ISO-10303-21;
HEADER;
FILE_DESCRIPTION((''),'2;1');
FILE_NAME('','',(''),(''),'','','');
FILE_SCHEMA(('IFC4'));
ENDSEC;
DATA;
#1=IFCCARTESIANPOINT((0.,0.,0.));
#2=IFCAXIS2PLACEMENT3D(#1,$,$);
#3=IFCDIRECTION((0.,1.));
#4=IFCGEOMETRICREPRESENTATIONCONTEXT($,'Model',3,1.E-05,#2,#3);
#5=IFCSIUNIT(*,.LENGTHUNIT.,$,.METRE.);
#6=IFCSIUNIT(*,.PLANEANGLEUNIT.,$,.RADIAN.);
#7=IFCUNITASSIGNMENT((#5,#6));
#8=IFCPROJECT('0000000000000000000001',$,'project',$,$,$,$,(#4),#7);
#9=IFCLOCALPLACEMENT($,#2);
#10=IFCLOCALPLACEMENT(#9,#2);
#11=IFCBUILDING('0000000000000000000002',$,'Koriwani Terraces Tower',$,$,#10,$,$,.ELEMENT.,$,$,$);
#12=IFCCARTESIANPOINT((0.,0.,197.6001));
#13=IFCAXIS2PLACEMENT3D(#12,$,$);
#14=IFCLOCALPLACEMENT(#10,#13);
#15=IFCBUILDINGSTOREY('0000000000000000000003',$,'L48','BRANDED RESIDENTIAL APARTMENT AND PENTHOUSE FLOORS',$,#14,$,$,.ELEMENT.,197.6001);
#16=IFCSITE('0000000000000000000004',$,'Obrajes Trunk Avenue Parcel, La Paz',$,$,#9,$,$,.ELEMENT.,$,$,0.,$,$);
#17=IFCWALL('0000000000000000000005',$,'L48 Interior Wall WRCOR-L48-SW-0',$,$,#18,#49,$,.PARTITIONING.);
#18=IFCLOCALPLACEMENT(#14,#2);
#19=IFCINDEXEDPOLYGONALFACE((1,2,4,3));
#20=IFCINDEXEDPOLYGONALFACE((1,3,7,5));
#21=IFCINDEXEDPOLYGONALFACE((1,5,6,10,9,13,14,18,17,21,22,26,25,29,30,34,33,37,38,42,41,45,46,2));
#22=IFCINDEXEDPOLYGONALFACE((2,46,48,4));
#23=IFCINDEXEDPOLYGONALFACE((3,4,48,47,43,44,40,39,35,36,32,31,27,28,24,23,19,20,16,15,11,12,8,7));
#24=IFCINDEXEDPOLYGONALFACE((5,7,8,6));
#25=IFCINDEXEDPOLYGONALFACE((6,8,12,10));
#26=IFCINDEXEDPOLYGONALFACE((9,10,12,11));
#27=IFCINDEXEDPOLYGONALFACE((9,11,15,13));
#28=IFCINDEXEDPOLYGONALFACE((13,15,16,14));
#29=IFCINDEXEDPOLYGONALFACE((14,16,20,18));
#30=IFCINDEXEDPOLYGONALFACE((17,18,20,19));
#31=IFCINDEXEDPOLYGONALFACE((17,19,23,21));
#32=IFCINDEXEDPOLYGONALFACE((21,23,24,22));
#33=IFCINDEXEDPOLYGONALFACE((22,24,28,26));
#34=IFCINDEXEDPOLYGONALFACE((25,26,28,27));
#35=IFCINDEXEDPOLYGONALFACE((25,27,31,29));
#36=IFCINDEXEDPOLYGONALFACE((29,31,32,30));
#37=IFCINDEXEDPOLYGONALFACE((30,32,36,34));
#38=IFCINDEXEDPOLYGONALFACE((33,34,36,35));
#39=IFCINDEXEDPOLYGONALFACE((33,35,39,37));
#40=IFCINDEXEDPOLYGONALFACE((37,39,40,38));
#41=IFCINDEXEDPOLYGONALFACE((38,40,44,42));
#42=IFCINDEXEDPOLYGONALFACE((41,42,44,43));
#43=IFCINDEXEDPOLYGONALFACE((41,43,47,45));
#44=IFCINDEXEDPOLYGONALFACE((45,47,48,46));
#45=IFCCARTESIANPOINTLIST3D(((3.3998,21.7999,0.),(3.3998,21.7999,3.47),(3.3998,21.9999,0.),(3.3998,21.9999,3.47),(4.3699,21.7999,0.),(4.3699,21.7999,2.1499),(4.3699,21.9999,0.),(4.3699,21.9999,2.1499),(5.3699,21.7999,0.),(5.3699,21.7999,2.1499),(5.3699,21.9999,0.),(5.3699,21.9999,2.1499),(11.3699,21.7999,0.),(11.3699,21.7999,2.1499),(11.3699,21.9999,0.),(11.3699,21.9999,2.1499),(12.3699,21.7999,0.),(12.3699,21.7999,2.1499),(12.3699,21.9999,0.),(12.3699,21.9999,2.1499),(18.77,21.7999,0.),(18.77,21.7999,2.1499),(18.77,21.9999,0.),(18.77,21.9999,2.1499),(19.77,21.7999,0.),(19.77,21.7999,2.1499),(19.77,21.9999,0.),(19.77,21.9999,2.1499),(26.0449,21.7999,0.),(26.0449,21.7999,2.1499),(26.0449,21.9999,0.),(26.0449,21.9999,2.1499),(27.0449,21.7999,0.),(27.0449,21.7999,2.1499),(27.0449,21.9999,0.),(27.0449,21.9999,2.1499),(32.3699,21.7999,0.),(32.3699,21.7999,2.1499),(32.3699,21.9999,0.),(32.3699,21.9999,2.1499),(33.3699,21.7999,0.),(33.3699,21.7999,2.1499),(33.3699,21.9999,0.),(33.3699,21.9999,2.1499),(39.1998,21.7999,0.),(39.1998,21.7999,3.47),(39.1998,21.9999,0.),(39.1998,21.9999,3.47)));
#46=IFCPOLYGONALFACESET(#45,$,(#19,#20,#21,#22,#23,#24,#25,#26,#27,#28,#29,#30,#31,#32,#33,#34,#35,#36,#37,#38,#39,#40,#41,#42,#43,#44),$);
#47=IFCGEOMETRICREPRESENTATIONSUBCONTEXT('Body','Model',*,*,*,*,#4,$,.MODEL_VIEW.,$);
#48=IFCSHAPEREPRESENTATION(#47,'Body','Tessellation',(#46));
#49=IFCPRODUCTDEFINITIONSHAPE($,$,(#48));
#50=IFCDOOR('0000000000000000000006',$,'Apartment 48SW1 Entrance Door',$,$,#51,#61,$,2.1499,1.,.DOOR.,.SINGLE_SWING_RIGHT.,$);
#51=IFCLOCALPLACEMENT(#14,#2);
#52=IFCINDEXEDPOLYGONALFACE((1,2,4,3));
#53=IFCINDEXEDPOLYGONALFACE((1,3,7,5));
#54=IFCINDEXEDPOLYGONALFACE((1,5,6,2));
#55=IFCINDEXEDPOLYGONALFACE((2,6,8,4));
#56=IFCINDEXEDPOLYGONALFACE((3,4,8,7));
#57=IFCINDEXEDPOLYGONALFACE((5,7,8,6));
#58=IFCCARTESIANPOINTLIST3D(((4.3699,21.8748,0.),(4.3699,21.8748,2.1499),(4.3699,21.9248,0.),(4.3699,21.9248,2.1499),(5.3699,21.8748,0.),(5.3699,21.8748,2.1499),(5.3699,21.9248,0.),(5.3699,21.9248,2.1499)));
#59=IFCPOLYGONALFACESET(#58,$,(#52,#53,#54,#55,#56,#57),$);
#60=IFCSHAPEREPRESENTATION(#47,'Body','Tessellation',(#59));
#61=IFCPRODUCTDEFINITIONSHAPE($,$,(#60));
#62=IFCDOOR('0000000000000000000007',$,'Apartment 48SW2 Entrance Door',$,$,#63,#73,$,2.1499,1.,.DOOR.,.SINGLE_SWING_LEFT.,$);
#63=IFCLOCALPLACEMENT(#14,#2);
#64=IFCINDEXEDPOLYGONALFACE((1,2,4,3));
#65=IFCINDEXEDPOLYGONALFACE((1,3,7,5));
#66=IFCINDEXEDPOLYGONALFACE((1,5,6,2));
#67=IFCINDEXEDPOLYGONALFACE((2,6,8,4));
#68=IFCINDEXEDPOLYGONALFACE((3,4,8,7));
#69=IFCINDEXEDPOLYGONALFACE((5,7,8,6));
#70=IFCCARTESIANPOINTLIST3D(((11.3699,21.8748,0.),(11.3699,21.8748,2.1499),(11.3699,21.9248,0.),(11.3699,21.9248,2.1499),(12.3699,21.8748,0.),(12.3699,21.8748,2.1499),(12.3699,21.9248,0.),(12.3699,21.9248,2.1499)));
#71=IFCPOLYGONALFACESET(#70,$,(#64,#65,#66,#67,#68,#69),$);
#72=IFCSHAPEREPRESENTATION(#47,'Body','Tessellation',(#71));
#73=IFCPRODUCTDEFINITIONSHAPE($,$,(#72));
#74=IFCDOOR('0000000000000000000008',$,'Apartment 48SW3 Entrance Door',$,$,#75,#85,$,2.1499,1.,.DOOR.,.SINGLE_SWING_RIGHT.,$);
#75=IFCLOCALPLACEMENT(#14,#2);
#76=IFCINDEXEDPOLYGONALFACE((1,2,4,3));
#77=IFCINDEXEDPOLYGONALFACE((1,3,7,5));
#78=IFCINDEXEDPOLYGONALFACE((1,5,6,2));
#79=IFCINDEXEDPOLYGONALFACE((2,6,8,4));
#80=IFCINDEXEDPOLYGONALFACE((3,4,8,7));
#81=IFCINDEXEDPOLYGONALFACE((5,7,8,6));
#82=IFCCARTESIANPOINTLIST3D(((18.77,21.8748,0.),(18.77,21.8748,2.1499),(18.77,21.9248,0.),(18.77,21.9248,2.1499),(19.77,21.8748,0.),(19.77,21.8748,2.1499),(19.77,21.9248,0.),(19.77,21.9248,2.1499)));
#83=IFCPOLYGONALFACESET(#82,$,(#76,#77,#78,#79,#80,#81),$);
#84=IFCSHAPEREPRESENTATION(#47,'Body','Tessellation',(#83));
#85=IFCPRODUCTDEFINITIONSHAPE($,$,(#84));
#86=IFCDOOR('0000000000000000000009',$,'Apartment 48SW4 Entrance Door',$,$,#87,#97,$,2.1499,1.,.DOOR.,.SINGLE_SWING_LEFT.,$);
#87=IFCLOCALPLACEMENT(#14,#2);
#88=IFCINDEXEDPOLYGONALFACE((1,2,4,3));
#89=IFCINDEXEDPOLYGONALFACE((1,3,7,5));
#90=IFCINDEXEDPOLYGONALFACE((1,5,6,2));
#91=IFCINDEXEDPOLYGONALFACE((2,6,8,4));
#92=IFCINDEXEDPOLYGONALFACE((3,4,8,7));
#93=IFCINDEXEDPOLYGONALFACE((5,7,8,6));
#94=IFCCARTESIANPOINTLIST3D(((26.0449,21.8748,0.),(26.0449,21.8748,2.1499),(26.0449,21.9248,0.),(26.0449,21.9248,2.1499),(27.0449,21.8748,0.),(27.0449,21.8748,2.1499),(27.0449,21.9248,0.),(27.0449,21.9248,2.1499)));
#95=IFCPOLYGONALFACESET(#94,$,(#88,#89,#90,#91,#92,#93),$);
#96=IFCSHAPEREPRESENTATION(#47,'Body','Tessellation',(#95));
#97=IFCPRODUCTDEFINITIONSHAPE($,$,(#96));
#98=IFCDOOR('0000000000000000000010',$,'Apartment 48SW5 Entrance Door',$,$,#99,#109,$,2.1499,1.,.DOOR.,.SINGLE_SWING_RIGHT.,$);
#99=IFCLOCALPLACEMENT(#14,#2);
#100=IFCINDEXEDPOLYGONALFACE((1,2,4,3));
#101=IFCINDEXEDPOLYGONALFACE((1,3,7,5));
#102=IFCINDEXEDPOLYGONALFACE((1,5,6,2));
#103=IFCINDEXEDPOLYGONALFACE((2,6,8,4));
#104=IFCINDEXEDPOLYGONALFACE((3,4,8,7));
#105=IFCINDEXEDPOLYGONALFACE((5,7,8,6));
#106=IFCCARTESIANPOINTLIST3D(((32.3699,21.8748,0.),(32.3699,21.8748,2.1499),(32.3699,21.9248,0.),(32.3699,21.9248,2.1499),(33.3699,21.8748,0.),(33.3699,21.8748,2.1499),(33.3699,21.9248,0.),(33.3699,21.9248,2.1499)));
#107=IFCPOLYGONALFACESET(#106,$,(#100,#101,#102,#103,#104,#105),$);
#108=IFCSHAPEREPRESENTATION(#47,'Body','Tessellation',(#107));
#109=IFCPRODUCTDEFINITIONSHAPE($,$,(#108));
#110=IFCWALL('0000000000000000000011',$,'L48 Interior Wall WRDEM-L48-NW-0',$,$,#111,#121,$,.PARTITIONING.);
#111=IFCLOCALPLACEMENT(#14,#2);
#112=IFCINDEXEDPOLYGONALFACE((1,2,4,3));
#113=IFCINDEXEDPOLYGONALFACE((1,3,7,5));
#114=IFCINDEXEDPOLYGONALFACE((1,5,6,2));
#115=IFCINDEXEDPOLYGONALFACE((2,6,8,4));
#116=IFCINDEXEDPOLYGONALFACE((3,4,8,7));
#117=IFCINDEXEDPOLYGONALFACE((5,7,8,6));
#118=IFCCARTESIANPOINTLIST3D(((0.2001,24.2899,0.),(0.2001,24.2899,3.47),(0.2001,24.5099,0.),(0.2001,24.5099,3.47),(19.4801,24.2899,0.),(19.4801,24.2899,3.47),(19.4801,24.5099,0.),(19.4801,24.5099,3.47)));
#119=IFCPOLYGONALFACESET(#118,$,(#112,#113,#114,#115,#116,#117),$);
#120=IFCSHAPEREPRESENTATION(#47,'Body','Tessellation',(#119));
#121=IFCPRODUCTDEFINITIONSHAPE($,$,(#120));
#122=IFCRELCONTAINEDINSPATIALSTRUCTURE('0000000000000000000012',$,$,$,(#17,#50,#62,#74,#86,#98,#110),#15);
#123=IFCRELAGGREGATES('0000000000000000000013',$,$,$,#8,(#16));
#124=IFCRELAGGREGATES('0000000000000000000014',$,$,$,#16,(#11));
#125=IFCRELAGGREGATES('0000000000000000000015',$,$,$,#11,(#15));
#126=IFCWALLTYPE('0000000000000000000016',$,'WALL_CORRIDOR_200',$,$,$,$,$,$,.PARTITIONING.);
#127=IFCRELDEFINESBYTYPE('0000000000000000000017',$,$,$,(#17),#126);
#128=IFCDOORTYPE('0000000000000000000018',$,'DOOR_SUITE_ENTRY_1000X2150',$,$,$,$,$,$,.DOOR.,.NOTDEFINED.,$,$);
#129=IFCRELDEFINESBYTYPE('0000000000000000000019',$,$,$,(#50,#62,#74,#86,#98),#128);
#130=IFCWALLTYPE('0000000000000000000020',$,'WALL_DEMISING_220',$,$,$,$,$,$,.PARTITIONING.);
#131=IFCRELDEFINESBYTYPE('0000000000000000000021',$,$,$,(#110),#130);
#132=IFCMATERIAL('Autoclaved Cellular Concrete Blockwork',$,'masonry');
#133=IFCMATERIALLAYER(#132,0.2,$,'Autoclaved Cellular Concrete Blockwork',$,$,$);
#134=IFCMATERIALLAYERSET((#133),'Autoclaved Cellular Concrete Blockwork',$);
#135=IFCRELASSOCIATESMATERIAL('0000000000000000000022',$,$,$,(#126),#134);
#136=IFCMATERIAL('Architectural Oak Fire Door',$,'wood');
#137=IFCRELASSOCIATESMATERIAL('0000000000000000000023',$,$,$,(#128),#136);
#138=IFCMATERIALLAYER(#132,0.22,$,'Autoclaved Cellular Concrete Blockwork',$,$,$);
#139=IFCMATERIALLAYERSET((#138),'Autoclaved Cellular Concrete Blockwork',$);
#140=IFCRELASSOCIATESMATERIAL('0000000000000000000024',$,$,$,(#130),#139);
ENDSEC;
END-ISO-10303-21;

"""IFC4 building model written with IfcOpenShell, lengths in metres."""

from ifc_helpers import new_model, si_unit, direction, frame, frame_2d, origin, place, context, subcontext, project, spatial, rectangle, extrude, material, layer, layer_set, type_object, element, fill, save


model = new_model("IFC4")

# Units and contexts
model_context = context("Model", 3, precision=1e-05, world=origin(), true_north=direction((0.0, 1.0)))
body_context = subcontext(model_context, "Body", "Model", "MODEL_VIEW")
ifc_project = project(units=[si_unit("LENGTHUNIT", "METRE"), si_unit("PLANEANGLEUNIT", "RADIAN")], contexts=[model_context])

# Site, building, storey
site_placement = place(None, origin())
site = spatial("IfcSite", under=ifc_project, at=site_placement, Name="Obrajes Trunk Avenue Parcel, La Paz", CompositionType="ELEMENT", RefElevation=0.0)
building_placement = place(site_placement, origin())
building = spatial("IfcBuilding", under=site, at=building_placement, Name="Koriwani Terraces Tower", CompositionType="ELEMENT")
storey_placement = place(building_placement, frame((0.0, 0.0, 197.6001)))
storey = spatial("IfcBuildingStorey", under=building, at=storey_placement, Name="L48", Description="BRANDED RESIDENTIAL APARTMENT AND PENTHOUSE FLOORS", CompositionType="ELEMENT", Elevation=197.6001)

# Wall, openings, doors
ifc_material_1 = material(Name="Autoclaved Cellular Concrete Blockwork", Category="masonry")
ifc_layer_1 = layer(ifc_material_1, 0.2, Name="Autoclaved Cellular Concrete Blockwork")
ifc_layer_set_1 = layer_set([ifc_layer_1], Name="Autoclaved Cellular Concrete Blockwork")
wall_type_1 = type_object("IfcWallType", Name="WALL_CORRIDOR_200", PredefinedType="PARTITIONING", material=ifc_layer_set_1)
wall_1_placement = place(storey_placement, frame((3.3999, 21.8999, 0.0), z_axis=(0.0, 0.0, 1.0), x_axis=(1.0, 0.0, 0.0)))
wall_1 = element("IfcWall", 1, at=wall_1_placement, inside=storey, type_object=wall_type_1, Name="L48 Interior Wall WRCOR-L48-SW-0", PredefinedType="PARTITIONING", context=body_context, shape_type="SweptSolid", body=[
    extrude(rectangle(XDim=35.8, YDim=0.2, at=frame_2d((17.8999, 0.0))), origin(), (0.0, 0.0, 1.0), 3.47),
])
opening_1_placement = place(wall_1_placement, frame((0.97, 0.0, 0.0)))
opening_1 = element("IfcOpeningElement", 2, at=opening_1_placement, cuts=wall_1, PredefinedType="OPENING", context=body_context, shape_type="SweptSolid", body=[
    extrude(rectangle(XDim=1.0, YDim=2.1499, at=frame_2d((0.5, 1.075))), frame((0.0, 0.1099, 0.0), z_axis=(0.0, -1.0, 0.0), x_axis=(1.0, 0.0, 0.0)), (0.0, 0.0, 1.0), 0.22),
])
opening_2_placement = place(wall_1_placement, frame((7.97, 0.0, 0.0)))
opening_2 = element("IfcOpeningElement", 3, at=opening_2_placement, cuts=wall_1, PredefinedType="OPENING", context=body_context, shape_type="SweptSolid", body=[
    extrude(rectangle(XDim=1.0, YDim=2.1499, at=frame_2d((0.5, 1.075))), frame((0.0, 0.1099, 0.0), z_axis=(0.0, -1.0, 0.0), x_axis=(1.0, 0.0, 0.0)), (0.0, 0.0, 1.0), 0.22),
])
opening_3_placement = place(wall_1_placement, frame((15.3701, 0.0, 0.0)))
opening_3 = element("IfcOpeningElement", 4, at=opening_3_placement, cuts=wall_1, PredefinedType="OPENING", context=body_context, shape_type="SweptSolid", body=[
    extrude(rectangle(XDim=1.0, YDim=2.1499, at=frame_2d((0.5, 1.075))), frame((0.0, 0.1099, 0.0), z_axis=(0.0, -1.0, 0.0), x_axis=(1.0, 0.0, 0.0)), (0.0, 0.0, 1.0), 0.22),
])
opening_4_placement = place(wall_1_placement, frame((22.645, 0.0, 0.0)))
opening_4 = element("IfcOpeningElement", 5, at=opening_4_placement, cuts=wall_1, PredefinedType="OPENING", context=body_context, shape_type="SweptSolid", body=[
    extrude(rectangle(XDim=1.0, YDim=2.1499, at=frame_2d((0.5, 1.075))), frame((0.0, 0.1099, 0.0), z_axis=(0.0, -1.0, 0.0), x_axis=(1.0, 0.0, 0.0)), (0.0, 0.0, 1.0), 0.22),
])
opening_5_placement = place(wall_1_placement, frame((28.97, 0.0, 0.0)))
opening_5 = element("IfcOpeningElement", 6, at=opening_5_placement, cuts=wall_1, PredefinedType="OPENING", context=body_context, shape_type="SweptSolid", body=[
    extrude(rectangle(XDim=1.0, YDim=2.1499, at=frame_2d((0.5, 1.075))), frame((0.0, 0.1099, 0.0), z_axis=(0.0, -1.0, 0.0), x_axis=(1.0, 0.0, 0.0)), (0.0, 0.0, 1.0), 0.22),
])
ifc_material_2 = material(Name="Architectural Oak Fire Door", Category="wood")
door_type_1 = type_object("IfcDoorType", Name="DOOR_SUITE_ENTRY_1000X2150", OperationType="NOTDEFINED", PredefinedType="DOOR", material=ifc_material_2)
door_1_placement = place(opening_1_placement, origin())
door_1 = element("IfcDoor", 7, at=door_1_placement, inside=storey, type_object=door_type_1, Name="Apartment 48SW1 Entrance Door", OperationType="SINGLE_SWING_RIGHT", OverallHeight=2.1499, OverallWidth=1.0, PredefinedType="DOOR", context=body_context, shape_type="SweptSolid", body=[
    extrude(rectangle(XDim=1.0, YDim=2.1499, at=frame_2d((0.5, 1.075))), frame((0.0, 0.0249, 0.0), z_axis=(0.0, -1.0, 0.0), x_axis=(1.0, 0.0, 0.0)), (0.0, 0.0, 1.0), 0.05),
])
fill(opening_1, door_1)
door_2_placement = place(opening_2_placement, origin())
door_2 = element("IfcDoor", 8, at=door_2_placement, inside=storey, type_object=door_type_1, Name="Apartment 48SW2 Entrance Door", OperationType="SINGLE_SWING_LEFT", OverallHeight=2.1499, OverallWidth=1.0, PredefinedType="DOOR", context=body_context, shape_type="SweptSolid", body=[
    extrude(rectangle(XDim=1.0, YDim=2.1499, at=frame_2d((0.5, 1.075))), frame((0.0, 0.0249, 0.0), z_axis=(0.0, -1.0, 0.0), x_axis=(1.0, 0.0, 0.0)), (0.0, 0.0, 1.0), 0.05),
])
fill(opening_2, door_2)
door_3_placement = place(opening_3_placement, origin())
door_3 = element("IfcDoor", 9, at=door_3_placement, inside=storey, type_object=door_type_1, Name="Apartment 48SW3 Entrance Door", OperationType="SINGLE_SWING_RIGHT", OverallHeight=2.1499, OverallWidth=1.0, PredefinedType="DOOR", context=body_context, shape_type="SweptSolid", body=[
    extrude(rectangle(XDim=1.0, YDim=2.1499, at=frame_2d((0.5, 1.075))), frame((0.0, 0.0249, 0.0), z_axis=(0.0, -1.0, 0.0), x_axis=(1.0, 0.0, 0.0)), (0.0, 0.0, 1.0), 0.05),
])
fill(opening_3, door_3)
door_4_placement = place(opening_4_placement, origin())
door_4 = element("IfcDoor", 10, at=door_4_placement, inside=storey, type_object=door_type_1, Name="Apartment 48SW4 Entrance Door", OperationType="SINGLE_SWING_LEFT", OverallHeight=2.1499, OverallWidth=1.0, PredefinedType="DOOR", context=body_context, shape_type="SweptSolid", body=[
    extrude(rectangle(XDim=1.0, YDim=2.1499, at=frame_2d((0.5, 1.075))), frame((0.0, 0.0249, 0.0), z_axis=(0.0, -1.0, 0.0), x_axis=(1.0, 0.0, 0.0)), (0.0, 0.0, 1.0), 0.05),
])
fill(opening_4, door_4)
door_5_placement = place(opening_5_placement, origin())
door_5 = element("IfcDoor", 11, at=door_5_placement, inside=storey, type_object=door_type_1, Name="Apartment 48SW5 Entrance Door", OperationType="SINGLE_SWING_RIGHT", OverallHeight=2.1499, OverallWidth=1.0, PredefinedType="DOOR", context=body_context, shape_type="SweptSolid", body=[
    extrude(rectangle(XDim=1.0, YDim=2.1499, at=frame_2d((0.5, 1.075))), frame((0.0, 0.0249, 0.0), z_axis=(0.0, -1.0, 0.0), x_axis=(1.0, 0.0, 0.0)), (0.0, 0.0, 1.0), 0.05),
])
fill(opening_5, door_5)

# Wall
ifc_layer_2 = layer(ifc_material_1, 0.22, Name="Autoclaved Cellular Concrete Blockwork")
ifc_layer_set_2 = layer_set([ifc_layer_2], Name="Autoclaved Cellular Concrete Blockwork")
wall_type_2 = type_object("IfcWallType", Name="WALL_DEMISING_220", PredefinedType="PARTITIONING", material=ifc_layer_set_2)
wall_2_placement = place(storey_placement, frame((0.2, 24.3999, 0.0), z_axis=(0.0, 0.0, 1.0), x_axis=(1.0, 0.0, 0.0)))
element("IfcWall", 12, at=wall_2_placement, inside=storey, type_object=wall_type_2, Name="L48 Interior Wall WRDEM-L48-NW-0", PredefinedType="PARTITIONING", context=body_context, shape_type="SweptSolid", body=[
    extrude(rectangle(XDim=19.28, YDim=0.22, at=frame_2d((9.6401, 0.0))), origin(), (0.0, 0.0, 1.0), 3.47),
])

save(model, "model.ifc")
